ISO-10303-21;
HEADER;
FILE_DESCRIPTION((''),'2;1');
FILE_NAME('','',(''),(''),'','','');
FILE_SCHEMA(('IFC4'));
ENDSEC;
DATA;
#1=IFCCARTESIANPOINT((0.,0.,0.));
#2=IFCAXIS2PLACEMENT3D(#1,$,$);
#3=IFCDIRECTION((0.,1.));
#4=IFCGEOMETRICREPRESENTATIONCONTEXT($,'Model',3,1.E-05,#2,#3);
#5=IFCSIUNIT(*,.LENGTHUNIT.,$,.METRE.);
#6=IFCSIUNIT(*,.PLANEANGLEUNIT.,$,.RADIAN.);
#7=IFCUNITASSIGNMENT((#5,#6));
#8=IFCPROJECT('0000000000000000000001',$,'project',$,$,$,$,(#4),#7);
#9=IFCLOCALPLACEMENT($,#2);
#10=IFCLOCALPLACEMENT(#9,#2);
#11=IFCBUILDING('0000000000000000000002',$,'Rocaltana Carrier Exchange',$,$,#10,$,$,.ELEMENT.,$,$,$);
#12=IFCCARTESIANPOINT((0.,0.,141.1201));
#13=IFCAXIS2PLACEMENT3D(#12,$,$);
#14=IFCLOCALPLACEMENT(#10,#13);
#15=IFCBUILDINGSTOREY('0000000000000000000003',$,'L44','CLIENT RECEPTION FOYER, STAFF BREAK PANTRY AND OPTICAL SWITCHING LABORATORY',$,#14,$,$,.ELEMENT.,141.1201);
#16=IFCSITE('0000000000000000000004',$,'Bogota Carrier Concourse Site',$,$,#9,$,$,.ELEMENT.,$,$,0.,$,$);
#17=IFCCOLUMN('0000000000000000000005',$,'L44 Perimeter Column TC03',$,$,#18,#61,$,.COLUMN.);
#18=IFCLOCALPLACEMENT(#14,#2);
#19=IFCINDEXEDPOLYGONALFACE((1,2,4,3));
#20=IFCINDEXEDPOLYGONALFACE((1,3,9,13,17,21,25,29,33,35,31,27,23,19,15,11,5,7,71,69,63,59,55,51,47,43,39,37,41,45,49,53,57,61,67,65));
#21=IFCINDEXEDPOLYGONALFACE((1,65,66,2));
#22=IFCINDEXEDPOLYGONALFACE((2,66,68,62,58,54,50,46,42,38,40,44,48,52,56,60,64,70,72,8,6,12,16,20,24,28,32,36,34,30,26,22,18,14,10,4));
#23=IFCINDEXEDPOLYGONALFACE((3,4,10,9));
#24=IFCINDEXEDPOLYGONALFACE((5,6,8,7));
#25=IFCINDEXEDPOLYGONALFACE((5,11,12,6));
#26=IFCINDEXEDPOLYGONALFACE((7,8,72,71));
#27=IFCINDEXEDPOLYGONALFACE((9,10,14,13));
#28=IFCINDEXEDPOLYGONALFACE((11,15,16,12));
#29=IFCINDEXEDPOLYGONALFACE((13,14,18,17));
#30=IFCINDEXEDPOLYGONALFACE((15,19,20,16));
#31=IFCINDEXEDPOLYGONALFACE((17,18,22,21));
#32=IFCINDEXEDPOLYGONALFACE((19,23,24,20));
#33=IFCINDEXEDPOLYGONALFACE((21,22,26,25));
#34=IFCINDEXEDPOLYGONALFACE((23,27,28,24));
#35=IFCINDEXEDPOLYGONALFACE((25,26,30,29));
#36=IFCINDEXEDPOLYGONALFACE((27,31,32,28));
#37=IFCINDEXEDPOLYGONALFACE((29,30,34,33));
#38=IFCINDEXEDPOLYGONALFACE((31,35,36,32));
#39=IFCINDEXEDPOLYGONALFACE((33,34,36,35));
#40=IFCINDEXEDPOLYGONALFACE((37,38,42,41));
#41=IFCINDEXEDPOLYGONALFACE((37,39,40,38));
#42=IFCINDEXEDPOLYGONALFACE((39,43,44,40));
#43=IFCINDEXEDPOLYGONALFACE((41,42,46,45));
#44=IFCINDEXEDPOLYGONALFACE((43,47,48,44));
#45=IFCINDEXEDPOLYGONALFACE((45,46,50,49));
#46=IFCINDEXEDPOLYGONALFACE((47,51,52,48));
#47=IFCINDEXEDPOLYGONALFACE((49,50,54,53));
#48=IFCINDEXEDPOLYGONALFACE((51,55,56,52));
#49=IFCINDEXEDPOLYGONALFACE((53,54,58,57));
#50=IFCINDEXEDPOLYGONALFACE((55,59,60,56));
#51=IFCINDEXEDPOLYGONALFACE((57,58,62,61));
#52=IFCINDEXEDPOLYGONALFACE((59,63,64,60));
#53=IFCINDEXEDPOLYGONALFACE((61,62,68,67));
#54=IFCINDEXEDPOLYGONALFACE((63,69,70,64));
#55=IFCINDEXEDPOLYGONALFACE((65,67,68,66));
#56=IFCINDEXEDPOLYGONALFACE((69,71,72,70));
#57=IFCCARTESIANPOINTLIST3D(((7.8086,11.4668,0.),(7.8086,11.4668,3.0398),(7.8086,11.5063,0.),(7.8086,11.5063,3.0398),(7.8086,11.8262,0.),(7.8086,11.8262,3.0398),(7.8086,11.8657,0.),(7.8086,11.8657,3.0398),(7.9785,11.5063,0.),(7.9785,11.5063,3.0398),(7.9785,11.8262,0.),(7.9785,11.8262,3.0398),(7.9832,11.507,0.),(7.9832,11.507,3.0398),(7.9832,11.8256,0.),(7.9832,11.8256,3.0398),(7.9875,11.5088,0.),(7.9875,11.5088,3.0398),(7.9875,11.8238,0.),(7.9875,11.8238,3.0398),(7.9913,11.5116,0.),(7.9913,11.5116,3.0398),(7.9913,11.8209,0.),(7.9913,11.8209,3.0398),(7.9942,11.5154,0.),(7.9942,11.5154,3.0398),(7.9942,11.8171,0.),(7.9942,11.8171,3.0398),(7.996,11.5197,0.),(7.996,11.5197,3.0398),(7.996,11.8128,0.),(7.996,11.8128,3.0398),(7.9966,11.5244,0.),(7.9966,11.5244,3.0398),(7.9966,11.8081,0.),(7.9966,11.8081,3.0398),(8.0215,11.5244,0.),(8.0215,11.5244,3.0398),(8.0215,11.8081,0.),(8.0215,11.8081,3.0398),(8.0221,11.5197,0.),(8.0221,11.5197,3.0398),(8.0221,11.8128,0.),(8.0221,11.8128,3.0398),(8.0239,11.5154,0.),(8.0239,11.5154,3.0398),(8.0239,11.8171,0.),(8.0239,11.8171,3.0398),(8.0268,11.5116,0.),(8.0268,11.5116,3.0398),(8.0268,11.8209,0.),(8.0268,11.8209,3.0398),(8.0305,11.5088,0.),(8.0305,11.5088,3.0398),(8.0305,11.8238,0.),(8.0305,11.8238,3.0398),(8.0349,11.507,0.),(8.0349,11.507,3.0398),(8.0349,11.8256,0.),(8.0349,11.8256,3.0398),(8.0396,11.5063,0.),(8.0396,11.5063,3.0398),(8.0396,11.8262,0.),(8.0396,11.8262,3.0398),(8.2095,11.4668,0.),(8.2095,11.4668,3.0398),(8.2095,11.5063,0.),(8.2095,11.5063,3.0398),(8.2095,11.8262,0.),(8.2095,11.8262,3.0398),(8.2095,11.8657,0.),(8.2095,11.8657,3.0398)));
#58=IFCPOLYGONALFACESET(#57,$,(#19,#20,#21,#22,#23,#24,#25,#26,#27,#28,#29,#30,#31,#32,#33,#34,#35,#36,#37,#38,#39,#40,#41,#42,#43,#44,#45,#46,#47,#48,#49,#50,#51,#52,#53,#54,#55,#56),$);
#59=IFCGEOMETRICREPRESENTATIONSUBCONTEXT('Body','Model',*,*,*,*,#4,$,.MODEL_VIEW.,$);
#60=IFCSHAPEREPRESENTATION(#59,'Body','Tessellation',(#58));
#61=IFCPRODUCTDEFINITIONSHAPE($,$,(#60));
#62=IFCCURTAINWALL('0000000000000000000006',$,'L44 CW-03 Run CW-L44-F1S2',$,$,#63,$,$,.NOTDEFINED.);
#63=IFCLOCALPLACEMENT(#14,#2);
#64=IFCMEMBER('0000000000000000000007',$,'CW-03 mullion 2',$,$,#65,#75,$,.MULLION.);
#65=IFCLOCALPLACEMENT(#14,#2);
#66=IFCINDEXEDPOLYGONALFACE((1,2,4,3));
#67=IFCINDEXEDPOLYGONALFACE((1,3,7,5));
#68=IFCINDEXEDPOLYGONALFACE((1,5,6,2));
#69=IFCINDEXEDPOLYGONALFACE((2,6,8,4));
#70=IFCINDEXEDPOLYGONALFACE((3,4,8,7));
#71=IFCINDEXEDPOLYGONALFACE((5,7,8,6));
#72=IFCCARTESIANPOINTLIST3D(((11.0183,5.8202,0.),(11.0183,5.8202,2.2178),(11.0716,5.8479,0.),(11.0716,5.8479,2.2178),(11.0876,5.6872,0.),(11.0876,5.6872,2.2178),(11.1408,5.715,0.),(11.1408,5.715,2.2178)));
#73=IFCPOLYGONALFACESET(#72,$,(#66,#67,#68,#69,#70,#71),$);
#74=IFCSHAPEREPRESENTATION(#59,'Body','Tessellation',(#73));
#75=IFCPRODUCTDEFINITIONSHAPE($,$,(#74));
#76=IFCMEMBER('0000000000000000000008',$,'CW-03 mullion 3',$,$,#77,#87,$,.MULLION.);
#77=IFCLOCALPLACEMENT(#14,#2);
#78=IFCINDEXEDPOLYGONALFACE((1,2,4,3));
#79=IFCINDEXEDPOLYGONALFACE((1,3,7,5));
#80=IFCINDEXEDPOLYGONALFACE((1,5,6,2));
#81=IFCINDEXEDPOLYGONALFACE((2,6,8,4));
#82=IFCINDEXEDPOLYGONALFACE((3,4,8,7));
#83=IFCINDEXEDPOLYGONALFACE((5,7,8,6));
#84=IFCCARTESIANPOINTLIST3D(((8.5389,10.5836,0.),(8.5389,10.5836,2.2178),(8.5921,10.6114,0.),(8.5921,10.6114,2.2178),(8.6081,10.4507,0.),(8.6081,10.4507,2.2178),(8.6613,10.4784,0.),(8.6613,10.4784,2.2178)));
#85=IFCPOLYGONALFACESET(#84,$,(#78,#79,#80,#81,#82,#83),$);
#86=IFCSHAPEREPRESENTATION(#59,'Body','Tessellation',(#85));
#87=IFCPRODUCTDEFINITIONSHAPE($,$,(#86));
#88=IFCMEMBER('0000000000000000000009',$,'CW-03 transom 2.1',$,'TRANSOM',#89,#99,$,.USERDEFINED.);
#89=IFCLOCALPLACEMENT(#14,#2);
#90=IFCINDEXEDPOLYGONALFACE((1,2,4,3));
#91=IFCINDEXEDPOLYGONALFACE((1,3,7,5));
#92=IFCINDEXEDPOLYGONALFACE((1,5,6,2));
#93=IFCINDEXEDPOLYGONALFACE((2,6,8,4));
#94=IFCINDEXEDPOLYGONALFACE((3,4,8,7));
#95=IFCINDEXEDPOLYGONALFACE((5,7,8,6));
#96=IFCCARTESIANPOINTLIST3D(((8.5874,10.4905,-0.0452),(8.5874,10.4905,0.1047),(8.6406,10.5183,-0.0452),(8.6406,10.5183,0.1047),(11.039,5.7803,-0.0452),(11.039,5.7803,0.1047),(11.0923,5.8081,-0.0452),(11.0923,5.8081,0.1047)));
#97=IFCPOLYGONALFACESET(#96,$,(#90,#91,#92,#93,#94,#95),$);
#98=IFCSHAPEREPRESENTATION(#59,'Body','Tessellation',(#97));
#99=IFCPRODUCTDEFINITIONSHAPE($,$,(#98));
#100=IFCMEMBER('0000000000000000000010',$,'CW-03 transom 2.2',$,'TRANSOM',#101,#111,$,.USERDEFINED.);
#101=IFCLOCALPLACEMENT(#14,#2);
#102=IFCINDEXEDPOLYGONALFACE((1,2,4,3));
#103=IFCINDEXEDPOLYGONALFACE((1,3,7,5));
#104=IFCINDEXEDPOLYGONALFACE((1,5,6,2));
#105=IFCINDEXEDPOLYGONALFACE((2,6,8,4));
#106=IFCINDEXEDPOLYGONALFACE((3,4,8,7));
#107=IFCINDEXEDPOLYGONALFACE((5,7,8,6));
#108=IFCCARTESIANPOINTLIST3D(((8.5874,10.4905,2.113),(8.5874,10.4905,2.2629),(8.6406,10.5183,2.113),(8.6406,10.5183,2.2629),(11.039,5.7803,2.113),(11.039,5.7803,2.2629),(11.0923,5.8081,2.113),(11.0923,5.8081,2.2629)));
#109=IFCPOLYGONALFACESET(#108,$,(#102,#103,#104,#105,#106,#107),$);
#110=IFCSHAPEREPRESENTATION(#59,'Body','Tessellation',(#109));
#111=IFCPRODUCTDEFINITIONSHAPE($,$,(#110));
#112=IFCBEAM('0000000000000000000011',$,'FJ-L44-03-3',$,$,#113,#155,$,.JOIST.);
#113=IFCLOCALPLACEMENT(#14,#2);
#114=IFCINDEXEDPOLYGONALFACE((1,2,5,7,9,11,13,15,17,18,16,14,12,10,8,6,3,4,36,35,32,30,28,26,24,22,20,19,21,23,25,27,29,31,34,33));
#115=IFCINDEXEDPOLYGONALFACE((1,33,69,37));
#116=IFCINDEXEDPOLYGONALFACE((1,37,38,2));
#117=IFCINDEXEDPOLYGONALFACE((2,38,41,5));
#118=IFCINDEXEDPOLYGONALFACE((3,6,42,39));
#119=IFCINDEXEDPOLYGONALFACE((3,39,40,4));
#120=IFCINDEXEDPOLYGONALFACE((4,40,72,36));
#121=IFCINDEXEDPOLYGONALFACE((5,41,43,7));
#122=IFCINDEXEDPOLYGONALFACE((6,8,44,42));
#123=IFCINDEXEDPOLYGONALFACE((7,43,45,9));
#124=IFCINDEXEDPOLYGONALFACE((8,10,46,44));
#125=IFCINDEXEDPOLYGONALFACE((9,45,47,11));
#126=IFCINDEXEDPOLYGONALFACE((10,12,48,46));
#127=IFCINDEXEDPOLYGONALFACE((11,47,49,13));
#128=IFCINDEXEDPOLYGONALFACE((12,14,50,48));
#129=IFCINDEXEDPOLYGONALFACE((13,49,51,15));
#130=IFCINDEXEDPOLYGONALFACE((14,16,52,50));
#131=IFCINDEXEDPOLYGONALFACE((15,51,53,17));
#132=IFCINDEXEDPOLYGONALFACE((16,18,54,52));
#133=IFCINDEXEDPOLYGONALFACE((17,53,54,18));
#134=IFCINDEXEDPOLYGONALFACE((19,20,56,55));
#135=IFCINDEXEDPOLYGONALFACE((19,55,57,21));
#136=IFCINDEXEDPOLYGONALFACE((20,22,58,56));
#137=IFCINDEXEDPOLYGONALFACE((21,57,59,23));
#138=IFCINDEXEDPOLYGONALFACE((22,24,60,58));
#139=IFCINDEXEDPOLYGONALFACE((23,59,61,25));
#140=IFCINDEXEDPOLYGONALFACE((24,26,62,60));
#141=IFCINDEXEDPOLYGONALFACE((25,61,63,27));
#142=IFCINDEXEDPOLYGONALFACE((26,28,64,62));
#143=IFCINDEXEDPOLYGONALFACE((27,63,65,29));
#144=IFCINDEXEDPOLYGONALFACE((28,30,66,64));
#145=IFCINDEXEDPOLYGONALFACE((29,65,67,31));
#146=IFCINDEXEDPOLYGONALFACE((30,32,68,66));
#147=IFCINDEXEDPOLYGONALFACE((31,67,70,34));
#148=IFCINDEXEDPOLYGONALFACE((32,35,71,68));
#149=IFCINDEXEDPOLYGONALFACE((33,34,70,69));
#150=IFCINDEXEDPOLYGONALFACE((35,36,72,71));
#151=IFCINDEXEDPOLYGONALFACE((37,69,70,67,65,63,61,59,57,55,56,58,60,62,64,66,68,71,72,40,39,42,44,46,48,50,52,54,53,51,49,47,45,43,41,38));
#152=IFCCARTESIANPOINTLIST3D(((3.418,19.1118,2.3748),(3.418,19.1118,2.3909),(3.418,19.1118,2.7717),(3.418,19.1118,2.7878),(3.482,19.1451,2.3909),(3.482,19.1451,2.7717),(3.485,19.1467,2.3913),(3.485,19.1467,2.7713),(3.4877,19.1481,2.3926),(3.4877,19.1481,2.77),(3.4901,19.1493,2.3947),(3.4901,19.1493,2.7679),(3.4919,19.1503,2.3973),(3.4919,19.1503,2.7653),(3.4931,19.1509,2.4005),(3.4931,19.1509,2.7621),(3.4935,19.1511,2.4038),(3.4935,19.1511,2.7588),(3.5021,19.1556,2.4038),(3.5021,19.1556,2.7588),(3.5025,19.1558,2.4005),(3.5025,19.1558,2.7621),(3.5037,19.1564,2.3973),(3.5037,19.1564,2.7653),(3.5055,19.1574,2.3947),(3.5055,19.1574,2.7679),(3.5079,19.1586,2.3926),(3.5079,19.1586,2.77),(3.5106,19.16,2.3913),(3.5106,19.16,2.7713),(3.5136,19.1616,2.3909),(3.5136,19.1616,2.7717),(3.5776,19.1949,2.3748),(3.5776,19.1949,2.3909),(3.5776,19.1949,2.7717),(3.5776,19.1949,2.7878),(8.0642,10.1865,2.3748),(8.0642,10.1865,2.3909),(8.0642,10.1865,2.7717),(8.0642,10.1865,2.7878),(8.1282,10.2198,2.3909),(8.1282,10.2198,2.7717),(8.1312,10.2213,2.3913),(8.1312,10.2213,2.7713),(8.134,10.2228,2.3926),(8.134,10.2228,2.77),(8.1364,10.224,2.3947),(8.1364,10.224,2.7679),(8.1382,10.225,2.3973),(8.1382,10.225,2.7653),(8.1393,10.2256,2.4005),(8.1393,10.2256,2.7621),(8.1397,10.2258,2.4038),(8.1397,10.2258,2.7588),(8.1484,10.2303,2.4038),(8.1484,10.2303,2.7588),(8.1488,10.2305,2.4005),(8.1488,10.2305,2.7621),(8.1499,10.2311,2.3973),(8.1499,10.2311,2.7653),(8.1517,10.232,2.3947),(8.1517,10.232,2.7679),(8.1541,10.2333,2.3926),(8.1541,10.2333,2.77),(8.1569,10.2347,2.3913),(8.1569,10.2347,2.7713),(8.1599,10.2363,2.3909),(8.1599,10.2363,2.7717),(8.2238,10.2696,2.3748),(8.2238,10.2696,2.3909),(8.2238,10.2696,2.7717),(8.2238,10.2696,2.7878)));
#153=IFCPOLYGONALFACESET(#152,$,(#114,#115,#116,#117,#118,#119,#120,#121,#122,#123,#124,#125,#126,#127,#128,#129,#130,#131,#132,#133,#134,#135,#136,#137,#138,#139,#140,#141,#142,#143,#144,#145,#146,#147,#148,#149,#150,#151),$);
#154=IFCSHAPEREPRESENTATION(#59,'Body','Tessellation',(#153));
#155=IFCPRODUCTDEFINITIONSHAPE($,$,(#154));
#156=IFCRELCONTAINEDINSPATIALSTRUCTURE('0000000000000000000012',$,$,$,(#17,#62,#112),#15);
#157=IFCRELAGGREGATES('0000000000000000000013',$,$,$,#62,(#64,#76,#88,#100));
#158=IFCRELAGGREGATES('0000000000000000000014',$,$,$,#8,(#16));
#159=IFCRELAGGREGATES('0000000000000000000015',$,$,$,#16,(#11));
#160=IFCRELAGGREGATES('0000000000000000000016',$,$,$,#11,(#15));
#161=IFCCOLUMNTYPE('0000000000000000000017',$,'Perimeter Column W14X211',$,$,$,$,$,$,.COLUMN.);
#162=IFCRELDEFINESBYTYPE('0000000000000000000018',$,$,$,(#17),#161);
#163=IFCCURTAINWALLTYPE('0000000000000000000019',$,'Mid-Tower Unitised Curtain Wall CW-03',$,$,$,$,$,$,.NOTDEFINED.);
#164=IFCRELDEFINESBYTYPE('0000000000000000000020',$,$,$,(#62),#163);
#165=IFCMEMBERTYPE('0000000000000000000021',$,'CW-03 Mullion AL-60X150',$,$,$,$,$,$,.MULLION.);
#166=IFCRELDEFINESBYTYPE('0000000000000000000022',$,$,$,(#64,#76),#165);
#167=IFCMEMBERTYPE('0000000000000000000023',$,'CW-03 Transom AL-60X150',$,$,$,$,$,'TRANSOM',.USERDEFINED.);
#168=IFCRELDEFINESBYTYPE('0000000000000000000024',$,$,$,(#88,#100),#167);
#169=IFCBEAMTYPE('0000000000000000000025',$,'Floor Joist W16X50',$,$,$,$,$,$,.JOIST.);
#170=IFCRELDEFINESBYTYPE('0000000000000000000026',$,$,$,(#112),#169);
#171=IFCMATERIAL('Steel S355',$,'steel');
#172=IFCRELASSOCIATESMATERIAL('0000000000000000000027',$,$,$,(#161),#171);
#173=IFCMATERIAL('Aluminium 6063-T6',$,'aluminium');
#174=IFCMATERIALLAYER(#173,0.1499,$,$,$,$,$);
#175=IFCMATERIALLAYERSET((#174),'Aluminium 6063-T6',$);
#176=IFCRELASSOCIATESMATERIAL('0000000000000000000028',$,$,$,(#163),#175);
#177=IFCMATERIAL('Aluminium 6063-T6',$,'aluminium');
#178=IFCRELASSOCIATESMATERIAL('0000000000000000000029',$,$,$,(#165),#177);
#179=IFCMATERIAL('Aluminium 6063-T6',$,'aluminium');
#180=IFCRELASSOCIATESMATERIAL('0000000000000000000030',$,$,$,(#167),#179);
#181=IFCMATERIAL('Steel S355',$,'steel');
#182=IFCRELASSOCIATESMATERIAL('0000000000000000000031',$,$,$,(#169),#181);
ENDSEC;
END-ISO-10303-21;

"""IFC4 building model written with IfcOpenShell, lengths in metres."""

from ifc_helpers import new_model, si_unit, direction, frame, origin, origin_2d, place, context, subcontext, project, spatial, rectangle, i_section, extrude, material, layer, layer_set, material_profile, profile_set, type_object, element, aggregate, save


model = new_model("IFC4")

# Units and contexts
model_context = context("Model", 3, precision=1e-05, world=origin(), true_north=direction((0.0, 1.0)))
body_context = subcontext(model_context, "Body", "Model", "MODEL_VIEW")
ifc_project = project(units=[si_unit("LENGTHUNIT", "METRE"), si_unit("PLANEANGLEUNIT", "RADIAN")], contexts=[model_context])

# Site, building, storey
site_placement = place(None, origin())
site = spatial("IfcSite", under=ifc_project, at=site_placement, Name="Bogota Carrier Concourse Site", CompositionType="ELEMENT", RefElevation=0.0)
building_placement = place(site_placement, origin())
building = spatial("IfcBuilding", under=site, at=building_placement, Name="Rocaltana Carrier Exchange", CompositionType="ELEMENT")
storey_placement = place(building_placement, frame((0.0, 0.0, 141.1201)))
storey = spatial("IfcBuildingStorey", under=building, at=storey_placement, Name="L44", Description="CLIENT RECEPTION FOYER, STAFF BREAK PANTRY AND OPTICAL SWITCHING LABORATORY", CompositionType="ELEMENT", Elevation=141.1201)

# Column
ifc_material_1 = material(Name="Steel S355", Category="steel")
ifc_material_profile_1 = material_profile(ifc_material_1, i_section(OverallWidth=0.4009, OverallDepth=0.3989, WebThickness=0.0249, FlangeThickness=0.0396, FilletRadius=0.0181, at=origin_2d()), Name="W14X211")
ifc_profile_set_1 = profile_set([ifc_material_profile_1], Name="Steel S355")
column_type = type_object("IfcColumnType", Name="Perimeter Column W14X211", PredefinedType="COLUMN", material=ifc_profile_set_1)
column_placement = place(storey_placement, frame((8.009, 11.6663, 0.0), z_axis=(0.0, 0.0, 1.0), x_axis=(1.0, 0.0, 0.0)))
element("IfcColumn", 1, at=column_placement, inside=storey, type_object=column_type, Name="L44 Perimeter Column TC03", PredefinedType="COLUMN", context=body_context, shape_type="SweptSolid", body=[
    extrude(i_section(OverallWidth=0.4009, OverallDepth=0.3989, WebThickness=0.0249, FlangeThickness=0.0396, FilletRadius=0.0181, at=origin_2d()), origin(), (0.0, 0.0, 1.0), 3.0398),
])

# Curtain wall, members
ifc_material_2 = material(Name="Aluminium 6063-T6", Category="aluminium")
ifc_layer_1 = layer(ifc_material_2, 0.1499)
ifc_layer_set_1 = layer_set([ifc_layer_1], Name="Aluminium 6063-T6")
curtain_wall_type = type_object("IfcCurtainWallType", Name="Mid-Tower Unitised Curtain Wall CW-03", PredefinedType="NOTDEFINED", material=ifc_layer_set_1)
curtain_wall_placement = place(storey_placement, origin())
curtain_wall = element("IfcCurtainWall", 2, at=curtain_wall_placement, inside=storey, type_object=curtain_wall_type, Name="L44 CW-03 Run CW-L44-F1S2", PredefinedType="NOTDEFINED")
ifc_material_3 = material(Name="Aluminium 6063-T6", Category="aluminium")
ifc_material_profile_2 = material_profile(ifc_material_3, rectangle(XDim=0.0601, YDim=0.1499, at=origin_2d()), Name="AL-60X150")
ifc_profile_set_2 = profile_set([ifc_material_profile_2], Name="Aluminium 6063-T6")
member_type_1 = type_object("IfcMemberType", Name="CW-03 Mullion AL-60X150", PredefinedType="MULLION", material=ifc_profile_set_2)
member_1_placement = place(storey_placement, frame((11.0796, 5.7676, 0.0), z_axis=(0.0, 0.0, 1.0), x_axis=(-0.887012, -0.461747, 0.0)))
member_1 = element("IfcMember", 3, at=member_1_placement, type_object=member_type_1, Name="CW-03 mullion 2", PredefinedType="MULLION", context=body_context, shape_type="SweptSolid", body=[
    extrude(rectangle(XDim=0.0601, YDim=0.1499, at=origin_2d()), origin(), (0.0, 0.0, 1.0), 2.2178),
])
member_2_placement = place(storey_placement, frame((8.6001, 10.531, 0.0), z_axis=(0.0, 0.0, 1.0), x_axis=(-0.887012, -0.461747, 0.0)))
member_2 = element("IfcMember", 4, at=member_2_placement, type_object=member_type_1, Name="CW-03 mullion 3", PredefinedType="MULLION", context=body_context, shape_type="SweptSolid", body=[
    extrude(rectangle(XDim=0.0601, YDim=0.1499, at=origin_2d()), origin(), (0.0, 0.0, 1.0), 2.2178),
])
ifc_material_4 = material(Name="Aluminium 6063-T6", Category="aluminium")
ifc_material_profile_3 = material_profile(ifc_material_4, rectangle(XDim=0.0601, YDim=0.1499, at=origin_2d()), Name="AL-60X150")
ifc_profile_set_3 = profile_set([ifc_material_profile_3], Name="Aluminium 6063-T6")
member_type_2 = type_object("IfcMemberType", Name="CW-03 Transom AL-60X150", ElementType="TRANSOM", PredefinedType="USERDEFINED", material=ifc_profile_set_3)
member_3_placement = place(storey_placement, frame((11.0657, 5.7942, 0.0298), z_axis=(-0.461702, 0.887035, 0.0), x_axis=(-0.887035, -0.461702, 0.0)))
member_3 = element("IfcMember", 5, at=member_3_placement, type_object=member_type_2, Name="CW-03 transom 2.1", ObjectType="TRANSOM", PredefinedType="USERDEFINED", context=body_context, shape_type="SweptSolid", body=[
    extrude(rectangle(XDim=0.0601, YDim=0.1499, at=origin_2d()), origin(), (0.0, 0.0, 1.0), 5.3101),
])
member_4_placement = place(storey_placement, frame((11.0657, 5.7942, 2.188), z_axis=(-0.461702, 0.887035, 0.0), x_axis=(-0.887035, -0.461702, 0.0)))
member_4 = element("IfcMember", 6, at=member_4_placement, type_object=member_type_2, Name="CW-03 transom 2.2", ObjectType="TRANSOM", PredefinedType="USERDEFINED", context=body_context, shape_type="SweptSolid", body=[
    extrude(rectangle(XDim=0.0601, YDim=0.1499, at=origin_2d()), origin(), (0.0, 0.0, 1.0), 5.3101),
])

# Beam
ifc_material_5 = material(Name="Steel S355", Category="steel")
ifc_material_profile_4 = material_profile(ifc_material_5, i_section(OverallWidth=0.1799, OverallDepth=0.4131, WebThickness=0.0098, FlangeThickness=0.0161, FilletRadius=0.0129, at=origin_2d()), Name="W16X50")
ifc_profile_set_4 = profile_set([ifc_material_profile_4], Name="Steel S355")
beam_type_1 = type_object("IfcBeamType", Name="Floor Joist W16X50", PredefinedType="JOIST", material=ifc_profile_set_4)
beam_1_placement = place(storey_placement, frame((8.144, 10.228, 2.5813), z_axis=(-0.461751, 0.88701, 0.0), x_axis=(-0.88701, -0.461751, 0.0)))
element("IfcBeam", 7, at=beam_1_placement, inside=storey, type_object=beam_type_1, Name="FJ-L44-03-3", PredefinedType="JOIST", context=body_context, shape_type="SweptSolid", body=[
    extrude(i_section(OverallWidth=0.1799, OverallDepth=0.4131, WebThickness=0.0098, FlangeThickness=0.0161, FilletRadius=0.0129, at=origin_2d()), origin(), (0.0, 0.0, 1.0), 10.0623),
])

aggregate(curtain_wall, [member_1, member_2, member_3, member_4])

save(model, "model.ifc")
